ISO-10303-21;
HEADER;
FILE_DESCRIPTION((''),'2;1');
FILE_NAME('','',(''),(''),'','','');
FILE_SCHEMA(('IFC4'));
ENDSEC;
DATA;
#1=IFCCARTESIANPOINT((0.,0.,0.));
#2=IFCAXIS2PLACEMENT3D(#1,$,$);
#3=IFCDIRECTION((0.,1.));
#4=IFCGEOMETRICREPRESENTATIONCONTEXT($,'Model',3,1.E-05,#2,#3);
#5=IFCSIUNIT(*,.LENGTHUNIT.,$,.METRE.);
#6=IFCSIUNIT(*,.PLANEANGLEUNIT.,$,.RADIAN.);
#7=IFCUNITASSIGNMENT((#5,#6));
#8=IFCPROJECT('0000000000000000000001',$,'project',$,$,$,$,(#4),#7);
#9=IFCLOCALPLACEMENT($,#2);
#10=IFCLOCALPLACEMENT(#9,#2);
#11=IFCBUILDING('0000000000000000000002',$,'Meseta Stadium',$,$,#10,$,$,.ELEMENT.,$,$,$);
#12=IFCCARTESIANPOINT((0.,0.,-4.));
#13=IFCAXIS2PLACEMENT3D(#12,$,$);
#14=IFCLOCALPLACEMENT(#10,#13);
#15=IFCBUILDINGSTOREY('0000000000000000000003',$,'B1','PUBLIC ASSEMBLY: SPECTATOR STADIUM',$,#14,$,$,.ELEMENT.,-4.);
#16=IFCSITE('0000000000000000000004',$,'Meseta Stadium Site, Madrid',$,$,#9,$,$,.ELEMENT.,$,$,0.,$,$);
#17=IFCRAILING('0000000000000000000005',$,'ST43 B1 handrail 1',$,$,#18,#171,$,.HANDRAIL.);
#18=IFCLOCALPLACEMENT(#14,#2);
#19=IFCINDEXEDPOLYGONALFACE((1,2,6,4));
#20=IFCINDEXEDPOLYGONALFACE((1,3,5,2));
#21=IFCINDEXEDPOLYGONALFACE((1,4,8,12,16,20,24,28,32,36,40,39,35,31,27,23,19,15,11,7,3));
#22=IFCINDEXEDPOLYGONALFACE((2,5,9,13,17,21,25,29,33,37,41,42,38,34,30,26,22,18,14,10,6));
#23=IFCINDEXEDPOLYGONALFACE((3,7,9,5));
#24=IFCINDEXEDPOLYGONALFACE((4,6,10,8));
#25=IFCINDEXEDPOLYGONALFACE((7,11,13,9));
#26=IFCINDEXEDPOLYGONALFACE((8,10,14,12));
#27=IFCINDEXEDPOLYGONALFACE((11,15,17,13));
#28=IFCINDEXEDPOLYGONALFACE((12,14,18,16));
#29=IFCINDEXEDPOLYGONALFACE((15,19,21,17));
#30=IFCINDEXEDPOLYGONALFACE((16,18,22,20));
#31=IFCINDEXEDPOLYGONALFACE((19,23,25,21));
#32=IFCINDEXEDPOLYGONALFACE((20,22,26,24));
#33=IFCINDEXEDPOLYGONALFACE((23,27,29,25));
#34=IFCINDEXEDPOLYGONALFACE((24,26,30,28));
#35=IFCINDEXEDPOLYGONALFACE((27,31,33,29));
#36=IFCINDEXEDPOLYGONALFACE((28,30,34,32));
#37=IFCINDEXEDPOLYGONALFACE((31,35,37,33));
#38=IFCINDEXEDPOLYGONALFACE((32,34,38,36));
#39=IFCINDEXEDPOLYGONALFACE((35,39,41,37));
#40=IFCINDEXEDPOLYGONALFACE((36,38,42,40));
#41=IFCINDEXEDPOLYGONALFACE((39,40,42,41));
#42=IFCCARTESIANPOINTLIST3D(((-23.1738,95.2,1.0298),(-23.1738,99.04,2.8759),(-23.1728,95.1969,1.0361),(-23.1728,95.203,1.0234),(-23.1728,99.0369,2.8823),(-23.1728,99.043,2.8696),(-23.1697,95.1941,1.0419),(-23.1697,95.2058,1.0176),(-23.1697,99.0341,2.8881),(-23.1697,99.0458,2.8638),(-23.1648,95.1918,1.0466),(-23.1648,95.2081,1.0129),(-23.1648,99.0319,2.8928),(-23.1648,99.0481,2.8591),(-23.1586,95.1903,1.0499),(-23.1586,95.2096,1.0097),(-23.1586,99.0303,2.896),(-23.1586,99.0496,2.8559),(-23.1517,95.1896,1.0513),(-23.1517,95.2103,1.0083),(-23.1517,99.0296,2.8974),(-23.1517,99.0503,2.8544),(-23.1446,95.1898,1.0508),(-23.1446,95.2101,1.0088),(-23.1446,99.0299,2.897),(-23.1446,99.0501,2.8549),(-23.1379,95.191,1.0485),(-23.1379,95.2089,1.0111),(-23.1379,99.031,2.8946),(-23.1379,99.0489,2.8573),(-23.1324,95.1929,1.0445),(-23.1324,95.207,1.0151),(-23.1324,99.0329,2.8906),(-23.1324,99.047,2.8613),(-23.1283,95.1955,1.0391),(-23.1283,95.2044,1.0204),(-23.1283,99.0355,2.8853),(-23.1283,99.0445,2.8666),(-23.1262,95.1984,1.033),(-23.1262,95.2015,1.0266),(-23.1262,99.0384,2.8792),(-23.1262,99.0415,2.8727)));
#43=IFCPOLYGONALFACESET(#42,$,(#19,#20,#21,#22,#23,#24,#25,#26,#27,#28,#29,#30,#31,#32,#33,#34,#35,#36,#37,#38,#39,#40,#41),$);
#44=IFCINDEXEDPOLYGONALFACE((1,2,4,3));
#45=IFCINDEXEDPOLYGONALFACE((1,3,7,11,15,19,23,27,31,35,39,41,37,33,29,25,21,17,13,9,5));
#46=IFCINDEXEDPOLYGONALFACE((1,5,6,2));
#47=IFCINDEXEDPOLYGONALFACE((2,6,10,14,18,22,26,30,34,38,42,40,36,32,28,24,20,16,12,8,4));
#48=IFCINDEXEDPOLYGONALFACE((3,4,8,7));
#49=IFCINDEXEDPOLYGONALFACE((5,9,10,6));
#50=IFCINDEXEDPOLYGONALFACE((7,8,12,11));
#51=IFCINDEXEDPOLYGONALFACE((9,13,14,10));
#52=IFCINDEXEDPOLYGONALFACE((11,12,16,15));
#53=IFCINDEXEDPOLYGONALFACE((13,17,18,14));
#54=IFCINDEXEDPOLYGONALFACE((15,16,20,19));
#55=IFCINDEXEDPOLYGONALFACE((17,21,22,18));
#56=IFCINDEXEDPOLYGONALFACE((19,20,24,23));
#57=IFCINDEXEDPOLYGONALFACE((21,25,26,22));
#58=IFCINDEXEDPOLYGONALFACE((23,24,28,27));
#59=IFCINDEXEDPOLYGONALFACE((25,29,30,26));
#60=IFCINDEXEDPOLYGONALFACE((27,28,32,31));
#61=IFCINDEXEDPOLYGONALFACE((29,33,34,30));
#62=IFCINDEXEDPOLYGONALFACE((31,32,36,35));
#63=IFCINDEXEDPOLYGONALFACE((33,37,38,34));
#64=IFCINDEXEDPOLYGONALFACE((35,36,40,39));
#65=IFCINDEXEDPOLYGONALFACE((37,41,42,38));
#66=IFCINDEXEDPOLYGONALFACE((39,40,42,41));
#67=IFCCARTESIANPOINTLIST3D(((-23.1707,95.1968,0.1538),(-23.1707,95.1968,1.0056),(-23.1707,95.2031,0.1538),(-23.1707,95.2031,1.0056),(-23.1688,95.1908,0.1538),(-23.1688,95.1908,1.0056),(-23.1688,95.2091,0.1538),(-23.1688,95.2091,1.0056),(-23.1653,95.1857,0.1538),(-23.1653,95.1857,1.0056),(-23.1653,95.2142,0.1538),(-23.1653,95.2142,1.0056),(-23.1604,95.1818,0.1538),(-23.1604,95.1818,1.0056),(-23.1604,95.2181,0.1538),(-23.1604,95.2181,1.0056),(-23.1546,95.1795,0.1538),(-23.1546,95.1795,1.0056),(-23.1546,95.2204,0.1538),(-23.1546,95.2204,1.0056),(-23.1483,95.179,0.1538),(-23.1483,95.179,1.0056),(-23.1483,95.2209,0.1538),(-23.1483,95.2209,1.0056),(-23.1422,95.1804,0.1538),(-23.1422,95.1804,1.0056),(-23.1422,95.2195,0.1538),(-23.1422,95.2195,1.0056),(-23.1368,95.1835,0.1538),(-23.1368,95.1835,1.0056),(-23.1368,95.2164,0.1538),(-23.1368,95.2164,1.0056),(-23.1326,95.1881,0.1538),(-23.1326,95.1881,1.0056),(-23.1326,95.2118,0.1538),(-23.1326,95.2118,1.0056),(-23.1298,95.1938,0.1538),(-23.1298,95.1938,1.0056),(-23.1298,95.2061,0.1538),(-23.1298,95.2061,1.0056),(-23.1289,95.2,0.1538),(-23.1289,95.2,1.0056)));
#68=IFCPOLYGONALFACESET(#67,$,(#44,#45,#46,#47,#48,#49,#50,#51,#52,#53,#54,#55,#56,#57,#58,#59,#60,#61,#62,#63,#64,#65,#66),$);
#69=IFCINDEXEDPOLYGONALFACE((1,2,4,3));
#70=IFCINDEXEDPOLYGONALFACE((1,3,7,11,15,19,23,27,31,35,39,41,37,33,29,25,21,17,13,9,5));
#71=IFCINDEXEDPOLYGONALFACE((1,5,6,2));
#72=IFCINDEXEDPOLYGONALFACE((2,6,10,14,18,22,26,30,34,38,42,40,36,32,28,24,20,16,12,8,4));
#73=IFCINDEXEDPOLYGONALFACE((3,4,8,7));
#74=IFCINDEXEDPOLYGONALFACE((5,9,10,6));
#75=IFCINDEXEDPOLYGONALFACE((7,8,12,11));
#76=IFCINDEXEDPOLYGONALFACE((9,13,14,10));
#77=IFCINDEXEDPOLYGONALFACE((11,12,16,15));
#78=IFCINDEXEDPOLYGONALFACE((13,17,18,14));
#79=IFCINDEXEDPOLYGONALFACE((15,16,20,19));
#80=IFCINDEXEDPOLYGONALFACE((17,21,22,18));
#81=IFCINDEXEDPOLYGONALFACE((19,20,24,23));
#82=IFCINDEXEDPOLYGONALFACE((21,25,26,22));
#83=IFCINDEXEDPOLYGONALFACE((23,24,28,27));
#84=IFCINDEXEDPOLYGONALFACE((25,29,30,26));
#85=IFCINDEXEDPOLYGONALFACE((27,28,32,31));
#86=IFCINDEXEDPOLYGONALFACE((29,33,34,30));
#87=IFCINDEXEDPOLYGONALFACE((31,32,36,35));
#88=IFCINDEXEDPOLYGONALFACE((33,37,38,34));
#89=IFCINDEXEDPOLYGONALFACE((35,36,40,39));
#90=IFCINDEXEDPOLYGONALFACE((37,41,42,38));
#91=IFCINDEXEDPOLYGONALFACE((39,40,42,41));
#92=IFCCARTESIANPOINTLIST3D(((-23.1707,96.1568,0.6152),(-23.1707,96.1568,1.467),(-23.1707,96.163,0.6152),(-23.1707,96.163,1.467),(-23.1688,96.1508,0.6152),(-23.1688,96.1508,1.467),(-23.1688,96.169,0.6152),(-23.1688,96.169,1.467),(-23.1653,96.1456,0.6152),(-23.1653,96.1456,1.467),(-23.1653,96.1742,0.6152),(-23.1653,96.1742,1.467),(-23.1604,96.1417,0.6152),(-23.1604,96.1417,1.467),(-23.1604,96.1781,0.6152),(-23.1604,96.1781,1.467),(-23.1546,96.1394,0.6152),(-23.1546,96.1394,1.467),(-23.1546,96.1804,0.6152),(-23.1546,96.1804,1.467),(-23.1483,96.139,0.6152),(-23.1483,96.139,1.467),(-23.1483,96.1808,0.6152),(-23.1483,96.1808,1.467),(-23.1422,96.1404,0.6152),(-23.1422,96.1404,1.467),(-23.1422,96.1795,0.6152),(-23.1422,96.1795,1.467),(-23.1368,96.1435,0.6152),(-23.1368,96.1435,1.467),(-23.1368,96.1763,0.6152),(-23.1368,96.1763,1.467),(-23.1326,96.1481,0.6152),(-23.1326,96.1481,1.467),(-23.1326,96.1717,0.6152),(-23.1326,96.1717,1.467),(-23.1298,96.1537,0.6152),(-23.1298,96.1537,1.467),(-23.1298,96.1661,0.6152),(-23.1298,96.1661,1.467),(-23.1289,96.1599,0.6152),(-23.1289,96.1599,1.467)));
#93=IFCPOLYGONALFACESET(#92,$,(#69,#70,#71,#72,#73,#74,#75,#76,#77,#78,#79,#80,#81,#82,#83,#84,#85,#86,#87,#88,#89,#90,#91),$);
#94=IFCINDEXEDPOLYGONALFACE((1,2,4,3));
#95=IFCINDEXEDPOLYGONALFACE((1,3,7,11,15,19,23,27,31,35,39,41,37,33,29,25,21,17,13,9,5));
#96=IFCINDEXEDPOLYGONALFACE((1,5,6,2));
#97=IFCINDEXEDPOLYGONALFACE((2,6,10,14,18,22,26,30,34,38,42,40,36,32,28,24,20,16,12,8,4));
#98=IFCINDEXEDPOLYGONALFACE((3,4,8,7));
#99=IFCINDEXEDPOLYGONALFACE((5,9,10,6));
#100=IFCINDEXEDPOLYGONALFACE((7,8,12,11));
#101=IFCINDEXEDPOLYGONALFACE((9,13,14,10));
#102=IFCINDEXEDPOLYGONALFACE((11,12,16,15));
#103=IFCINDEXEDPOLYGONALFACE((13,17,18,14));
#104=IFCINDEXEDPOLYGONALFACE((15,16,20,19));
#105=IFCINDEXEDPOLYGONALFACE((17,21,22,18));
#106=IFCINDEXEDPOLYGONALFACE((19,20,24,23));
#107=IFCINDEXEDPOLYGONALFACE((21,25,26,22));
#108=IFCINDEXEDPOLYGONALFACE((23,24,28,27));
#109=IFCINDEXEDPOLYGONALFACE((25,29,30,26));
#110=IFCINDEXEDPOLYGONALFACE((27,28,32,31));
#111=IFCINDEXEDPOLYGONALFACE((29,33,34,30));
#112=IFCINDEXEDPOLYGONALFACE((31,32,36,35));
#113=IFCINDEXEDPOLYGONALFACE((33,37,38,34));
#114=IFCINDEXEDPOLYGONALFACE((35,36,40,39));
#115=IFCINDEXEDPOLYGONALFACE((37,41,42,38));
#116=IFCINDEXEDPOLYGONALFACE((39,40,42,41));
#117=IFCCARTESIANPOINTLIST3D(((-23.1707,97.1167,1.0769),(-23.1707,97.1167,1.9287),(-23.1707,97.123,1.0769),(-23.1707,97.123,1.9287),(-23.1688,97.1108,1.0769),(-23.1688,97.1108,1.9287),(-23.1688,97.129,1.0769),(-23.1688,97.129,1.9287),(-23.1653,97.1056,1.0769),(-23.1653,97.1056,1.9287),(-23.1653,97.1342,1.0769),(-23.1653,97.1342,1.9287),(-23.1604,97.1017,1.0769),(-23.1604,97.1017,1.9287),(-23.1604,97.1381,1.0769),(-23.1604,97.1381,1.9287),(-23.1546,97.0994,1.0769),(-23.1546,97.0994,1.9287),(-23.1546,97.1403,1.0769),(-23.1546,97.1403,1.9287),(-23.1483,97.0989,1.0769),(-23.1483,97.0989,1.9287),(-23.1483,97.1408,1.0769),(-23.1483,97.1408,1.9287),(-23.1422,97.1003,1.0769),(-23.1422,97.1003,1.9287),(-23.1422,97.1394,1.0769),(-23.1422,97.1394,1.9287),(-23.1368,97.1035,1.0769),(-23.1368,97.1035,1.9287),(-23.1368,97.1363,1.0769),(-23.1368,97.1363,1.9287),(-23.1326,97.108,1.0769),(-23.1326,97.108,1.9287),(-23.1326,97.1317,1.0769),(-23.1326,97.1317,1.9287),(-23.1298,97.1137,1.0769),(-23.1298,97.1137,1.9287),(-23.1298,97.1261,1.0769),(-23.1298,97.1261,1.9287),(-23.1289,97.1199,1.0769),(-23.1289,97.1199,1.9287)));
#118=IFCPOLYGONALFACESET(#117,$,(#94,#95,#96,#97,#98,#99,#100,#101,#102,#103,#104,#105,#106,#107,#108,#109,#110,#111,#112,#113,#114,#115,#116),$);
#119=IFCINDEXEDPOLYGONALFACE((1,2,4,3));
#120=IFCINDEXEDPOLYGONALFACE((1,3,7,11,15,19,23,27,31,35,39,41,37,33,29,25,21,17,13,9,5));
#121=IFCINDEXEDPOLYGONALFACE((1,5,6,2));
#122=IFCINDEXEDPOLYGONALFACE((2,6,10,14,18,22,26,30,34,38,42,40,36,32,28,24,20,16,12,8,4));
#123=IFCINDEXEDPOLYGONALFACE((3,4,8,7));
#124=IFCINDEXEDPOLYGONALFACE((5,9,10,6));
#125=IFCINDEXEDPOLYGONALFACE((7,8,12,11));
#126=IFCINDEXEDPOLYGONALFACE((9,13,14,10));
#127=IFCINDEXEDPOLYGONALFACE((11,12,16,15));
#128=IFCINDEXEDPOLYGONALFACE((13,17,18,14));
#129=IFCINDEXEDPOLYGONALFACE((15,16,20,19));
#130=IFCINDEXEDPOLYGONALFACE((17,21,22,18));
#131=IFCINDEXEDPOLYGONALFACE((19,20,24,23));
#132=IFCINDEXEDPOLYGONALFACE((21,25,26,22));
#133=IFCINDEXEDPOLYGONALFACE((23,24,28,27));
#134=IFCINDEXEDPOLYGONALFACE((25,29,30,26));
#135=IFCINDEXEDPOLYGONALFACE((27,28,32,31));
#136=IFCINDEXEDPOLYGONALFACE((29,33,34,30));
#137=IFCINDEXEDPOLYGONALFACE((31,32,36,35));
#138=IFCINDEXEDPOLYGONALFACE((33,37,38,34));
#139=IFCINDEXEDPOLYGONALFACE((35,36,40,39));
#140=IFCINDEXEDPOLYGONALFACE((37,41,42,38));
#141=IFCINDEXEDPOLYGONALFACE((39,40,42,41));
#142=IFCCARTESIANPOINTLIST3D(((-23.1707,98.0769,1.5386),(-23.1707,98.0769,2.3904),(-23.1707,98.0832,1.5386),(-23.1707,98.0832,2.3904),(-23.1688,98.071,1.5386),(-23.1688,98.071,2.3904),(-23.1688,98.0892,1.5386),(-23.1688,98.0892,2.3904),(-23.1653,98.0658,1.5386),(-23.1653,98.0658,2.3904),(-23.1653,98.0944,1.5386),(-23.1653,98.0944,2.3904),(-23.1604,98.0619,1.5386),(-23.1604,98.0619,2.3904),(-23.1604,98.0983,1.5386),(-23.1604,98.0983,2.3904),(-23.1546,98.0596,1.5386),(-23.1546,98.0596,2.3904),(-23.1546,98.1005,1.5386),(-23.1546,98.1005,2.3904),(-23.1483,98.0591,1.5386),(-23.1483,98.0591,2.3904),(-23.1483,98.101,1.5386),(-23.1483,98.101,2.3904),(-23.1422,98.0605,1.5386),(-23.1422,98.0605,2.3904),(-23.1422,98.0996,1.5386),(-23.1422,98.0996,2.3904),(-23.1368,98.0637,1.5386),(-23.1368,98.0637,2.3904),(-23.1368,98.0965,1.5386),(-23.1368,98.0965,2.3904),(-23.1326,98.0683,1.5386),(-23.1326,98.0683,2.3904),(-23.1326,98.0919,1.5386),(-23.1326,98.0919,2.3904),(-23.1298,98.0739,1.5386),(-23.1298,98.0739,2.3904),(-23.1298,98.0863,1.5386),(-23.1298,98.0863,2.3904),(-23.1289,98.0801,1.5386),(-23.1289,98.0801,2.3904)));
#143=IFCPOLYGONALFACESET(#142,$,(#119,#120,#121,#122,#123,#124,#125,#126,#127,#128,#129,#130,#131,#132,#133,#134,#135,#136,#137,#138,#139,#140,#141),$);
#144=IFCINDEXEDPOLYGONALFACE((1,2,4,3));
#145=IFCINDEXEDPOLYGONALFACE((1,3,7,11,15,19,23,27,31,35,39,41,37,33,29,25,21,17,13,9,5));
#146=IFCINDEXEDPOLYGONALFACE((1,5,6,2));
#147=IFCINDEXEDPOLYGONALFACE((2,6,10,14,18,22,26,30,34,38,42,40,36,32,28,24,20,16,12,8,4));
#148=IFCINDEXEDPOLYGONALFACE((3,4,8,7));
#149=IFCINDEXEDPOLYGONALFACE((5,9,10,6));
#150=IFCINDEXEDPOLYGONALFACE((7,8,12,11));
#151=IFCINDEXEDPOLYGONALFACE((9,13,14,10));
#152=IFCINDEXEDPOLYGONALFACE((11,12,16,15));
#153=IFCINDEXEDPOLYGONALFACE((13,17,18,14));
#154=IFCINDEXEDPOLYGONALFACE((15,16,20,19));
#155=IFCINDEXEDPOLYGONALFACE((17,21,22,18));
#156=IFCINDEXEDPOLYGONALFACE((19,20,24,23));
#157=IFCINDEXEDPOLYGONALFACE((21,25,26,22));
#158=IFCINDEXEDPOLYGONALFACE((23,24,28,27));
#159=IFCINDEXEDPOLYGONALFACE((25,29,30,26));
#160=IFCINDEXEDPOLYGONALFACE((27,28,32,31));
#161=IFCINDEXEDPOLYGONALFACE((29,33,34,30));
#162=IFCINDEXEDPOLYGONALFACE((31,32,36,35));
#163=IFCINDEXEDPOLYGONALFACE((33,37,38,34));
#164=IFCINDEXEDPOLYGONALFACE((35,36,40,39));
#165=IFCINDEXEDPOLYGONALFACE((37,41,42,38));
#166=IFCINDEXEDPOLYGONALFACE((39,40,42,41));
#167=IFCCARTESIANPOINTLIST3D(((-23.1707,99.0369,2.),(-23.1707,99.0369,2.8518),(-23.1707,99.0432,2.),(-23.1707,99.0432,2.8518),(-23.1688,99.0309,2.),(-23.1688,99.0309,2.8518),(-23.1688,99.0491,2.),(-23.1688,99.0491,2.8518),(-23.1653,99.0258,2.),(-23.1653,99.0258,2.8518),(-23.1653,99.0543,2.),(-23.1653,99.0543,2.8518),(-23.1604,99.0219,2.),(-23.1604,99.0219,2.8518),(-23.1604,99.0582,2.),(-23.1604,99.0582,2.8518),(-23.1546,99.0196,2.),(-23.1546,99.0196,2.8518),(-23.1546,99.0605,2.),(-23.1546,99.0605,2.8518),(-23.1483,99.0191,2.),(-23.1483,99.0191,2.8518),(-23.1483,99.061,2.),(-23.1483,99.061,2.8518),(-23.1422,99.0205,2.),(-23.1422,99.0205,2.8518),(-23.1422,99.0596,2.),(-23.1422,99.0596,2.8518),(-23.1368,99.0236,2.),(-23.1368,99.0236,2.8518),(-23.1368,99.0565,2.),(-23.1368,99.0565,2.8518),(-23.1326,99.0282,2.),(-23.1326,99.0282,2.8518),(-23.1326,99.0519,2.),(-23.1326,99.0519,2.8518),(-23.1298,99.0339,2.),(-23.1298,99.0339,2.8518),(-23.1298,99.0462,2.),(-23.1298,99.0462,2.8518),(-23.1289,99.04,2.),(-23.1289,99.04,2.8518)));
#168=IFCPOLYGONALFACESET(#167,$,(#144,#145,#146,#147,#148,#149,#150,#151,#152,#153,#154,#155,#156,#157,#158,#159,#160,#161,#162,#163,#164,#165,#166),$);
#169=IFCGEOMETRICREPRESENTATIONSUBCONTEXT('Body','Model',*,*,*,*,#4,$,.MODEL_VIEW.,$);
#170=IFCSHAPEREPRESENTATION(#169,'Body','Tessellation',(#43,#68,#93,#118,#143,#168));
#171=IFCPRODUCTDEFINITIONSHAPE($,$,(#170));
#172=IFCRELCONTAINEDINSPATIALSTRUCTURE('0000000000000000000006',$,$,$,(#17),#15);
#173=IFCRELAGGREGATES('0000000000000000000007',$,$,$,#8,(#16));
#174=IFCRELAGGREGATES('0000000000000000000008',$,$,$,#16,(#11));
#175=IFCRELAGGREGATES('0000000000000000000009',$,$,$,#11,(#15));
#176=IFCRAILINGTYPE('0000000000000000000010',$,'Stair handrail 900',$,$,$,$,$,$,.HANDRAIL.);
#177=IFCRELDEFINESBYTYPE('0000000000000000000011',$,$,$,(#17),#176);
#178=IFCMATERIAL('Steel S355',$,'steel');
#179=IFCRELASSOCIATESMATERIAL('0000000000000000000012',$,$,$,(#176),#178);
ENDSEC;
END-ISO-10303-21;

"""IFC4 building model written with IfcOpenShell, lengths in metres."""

from ifc_helpers import new_model, si_unit, direction, frame, origin, origin_2d, place, context, subcontext, project, spatial, circle, extrude, material, type_object, element, save


model = new_model("IFC4")

# Units and contexts
model_context = context("Model", 3, precision=1e-05, world=origin(), true_north=direction((0.0, 1.0)))
body_context = subcontext(model_context, "Body", "Model", "MODEL_VIEW")
ifc_project = project(units=[si_unit("LENGTHUNIT", "METRE"), si_unit("PLANEANGLEUNIT", "RADIAN")], contexts=[model_context])

# Site, building, storey
site_placement = place(None, origin())
site = spatial("IfcSite", under=ifc_project, at=site_placement, Name="Meseta Stadium Site, Madrid", CompositionType="ELEMENT", RefElevation=0.0)
building_placement = place(site_placement, origin())
building = spatial("IfcBuilding", under=site, at=building_placement, Name="Meseta Stadium", CompositionType="ELEMENT")
storey_placement = place(building_placement, frame((0.0, 0.0, -4.0)))
storey = spatial("IfcBuildingStorey", under=building, at=storey_placement, Name="B1", Description="PUBLIC ASSEMBLY: SPECTATOR STADIUM", CompositionType="ELEMENT", Elevation=-4.0)

# Railing
ifc_material_1 = material(Name="Steel S355", Category="steel")
railing_type_1 = type_object("IfcRailingType", Name="Stair handrail 900", PredefinedType="HANDRAIL", material=ifc_material_1)
railing_1_placement = place(storey_placement, frame((-23.1499, 95.2, 0.1538)))
element("IfcRailing", 1, at=railing_1_placement, inside=storey, type_object=railing_type_1, Name="ST43 B1 handrail 1", PredefinedType="HANDRAIL", context=body_context, shape_type="SweptSolid", body=[
    extrude(circle(Radius=0.0239, at=origin_2d()), frame((0.0, 0.0, 0.876), z_axis=(0.0, 0.901253, 0.433294), x_axis=(-1.0, 0.0, 0.0)), (0.0, 0.0, 1.0), 4.2607),
    extrude(circle(Radius=0.021, at=origin_2d()), origin(), (0.0, 0.0, 1.0), 0.8518),
    extrude(circle(Radius=0.021, at=origin_2d()), frame((0.0, 0.96, 0.4614)), (0.0, 0.0, 1.0), 0.8518),
    extrude(circle(Radius=0.021, at=origin_2d()), frame((0.0, 1.9199, 0.9231)), (0.0, 0.0, 1.0), 0.8518),
    extrude(circle(Radius=0.021, at=origin_2d()), frame((0.0, 2.8801, 1.3848)), (0.0, 0.0, 1.0), 0.8518),
    extrude(circle(Radius=0.021, at=origin_2d()), frame((0.0, 3.8401, 1.8462)), (0.0, 0.0, 1.0), 0.8518),
])

save(model, "model.ifc")
